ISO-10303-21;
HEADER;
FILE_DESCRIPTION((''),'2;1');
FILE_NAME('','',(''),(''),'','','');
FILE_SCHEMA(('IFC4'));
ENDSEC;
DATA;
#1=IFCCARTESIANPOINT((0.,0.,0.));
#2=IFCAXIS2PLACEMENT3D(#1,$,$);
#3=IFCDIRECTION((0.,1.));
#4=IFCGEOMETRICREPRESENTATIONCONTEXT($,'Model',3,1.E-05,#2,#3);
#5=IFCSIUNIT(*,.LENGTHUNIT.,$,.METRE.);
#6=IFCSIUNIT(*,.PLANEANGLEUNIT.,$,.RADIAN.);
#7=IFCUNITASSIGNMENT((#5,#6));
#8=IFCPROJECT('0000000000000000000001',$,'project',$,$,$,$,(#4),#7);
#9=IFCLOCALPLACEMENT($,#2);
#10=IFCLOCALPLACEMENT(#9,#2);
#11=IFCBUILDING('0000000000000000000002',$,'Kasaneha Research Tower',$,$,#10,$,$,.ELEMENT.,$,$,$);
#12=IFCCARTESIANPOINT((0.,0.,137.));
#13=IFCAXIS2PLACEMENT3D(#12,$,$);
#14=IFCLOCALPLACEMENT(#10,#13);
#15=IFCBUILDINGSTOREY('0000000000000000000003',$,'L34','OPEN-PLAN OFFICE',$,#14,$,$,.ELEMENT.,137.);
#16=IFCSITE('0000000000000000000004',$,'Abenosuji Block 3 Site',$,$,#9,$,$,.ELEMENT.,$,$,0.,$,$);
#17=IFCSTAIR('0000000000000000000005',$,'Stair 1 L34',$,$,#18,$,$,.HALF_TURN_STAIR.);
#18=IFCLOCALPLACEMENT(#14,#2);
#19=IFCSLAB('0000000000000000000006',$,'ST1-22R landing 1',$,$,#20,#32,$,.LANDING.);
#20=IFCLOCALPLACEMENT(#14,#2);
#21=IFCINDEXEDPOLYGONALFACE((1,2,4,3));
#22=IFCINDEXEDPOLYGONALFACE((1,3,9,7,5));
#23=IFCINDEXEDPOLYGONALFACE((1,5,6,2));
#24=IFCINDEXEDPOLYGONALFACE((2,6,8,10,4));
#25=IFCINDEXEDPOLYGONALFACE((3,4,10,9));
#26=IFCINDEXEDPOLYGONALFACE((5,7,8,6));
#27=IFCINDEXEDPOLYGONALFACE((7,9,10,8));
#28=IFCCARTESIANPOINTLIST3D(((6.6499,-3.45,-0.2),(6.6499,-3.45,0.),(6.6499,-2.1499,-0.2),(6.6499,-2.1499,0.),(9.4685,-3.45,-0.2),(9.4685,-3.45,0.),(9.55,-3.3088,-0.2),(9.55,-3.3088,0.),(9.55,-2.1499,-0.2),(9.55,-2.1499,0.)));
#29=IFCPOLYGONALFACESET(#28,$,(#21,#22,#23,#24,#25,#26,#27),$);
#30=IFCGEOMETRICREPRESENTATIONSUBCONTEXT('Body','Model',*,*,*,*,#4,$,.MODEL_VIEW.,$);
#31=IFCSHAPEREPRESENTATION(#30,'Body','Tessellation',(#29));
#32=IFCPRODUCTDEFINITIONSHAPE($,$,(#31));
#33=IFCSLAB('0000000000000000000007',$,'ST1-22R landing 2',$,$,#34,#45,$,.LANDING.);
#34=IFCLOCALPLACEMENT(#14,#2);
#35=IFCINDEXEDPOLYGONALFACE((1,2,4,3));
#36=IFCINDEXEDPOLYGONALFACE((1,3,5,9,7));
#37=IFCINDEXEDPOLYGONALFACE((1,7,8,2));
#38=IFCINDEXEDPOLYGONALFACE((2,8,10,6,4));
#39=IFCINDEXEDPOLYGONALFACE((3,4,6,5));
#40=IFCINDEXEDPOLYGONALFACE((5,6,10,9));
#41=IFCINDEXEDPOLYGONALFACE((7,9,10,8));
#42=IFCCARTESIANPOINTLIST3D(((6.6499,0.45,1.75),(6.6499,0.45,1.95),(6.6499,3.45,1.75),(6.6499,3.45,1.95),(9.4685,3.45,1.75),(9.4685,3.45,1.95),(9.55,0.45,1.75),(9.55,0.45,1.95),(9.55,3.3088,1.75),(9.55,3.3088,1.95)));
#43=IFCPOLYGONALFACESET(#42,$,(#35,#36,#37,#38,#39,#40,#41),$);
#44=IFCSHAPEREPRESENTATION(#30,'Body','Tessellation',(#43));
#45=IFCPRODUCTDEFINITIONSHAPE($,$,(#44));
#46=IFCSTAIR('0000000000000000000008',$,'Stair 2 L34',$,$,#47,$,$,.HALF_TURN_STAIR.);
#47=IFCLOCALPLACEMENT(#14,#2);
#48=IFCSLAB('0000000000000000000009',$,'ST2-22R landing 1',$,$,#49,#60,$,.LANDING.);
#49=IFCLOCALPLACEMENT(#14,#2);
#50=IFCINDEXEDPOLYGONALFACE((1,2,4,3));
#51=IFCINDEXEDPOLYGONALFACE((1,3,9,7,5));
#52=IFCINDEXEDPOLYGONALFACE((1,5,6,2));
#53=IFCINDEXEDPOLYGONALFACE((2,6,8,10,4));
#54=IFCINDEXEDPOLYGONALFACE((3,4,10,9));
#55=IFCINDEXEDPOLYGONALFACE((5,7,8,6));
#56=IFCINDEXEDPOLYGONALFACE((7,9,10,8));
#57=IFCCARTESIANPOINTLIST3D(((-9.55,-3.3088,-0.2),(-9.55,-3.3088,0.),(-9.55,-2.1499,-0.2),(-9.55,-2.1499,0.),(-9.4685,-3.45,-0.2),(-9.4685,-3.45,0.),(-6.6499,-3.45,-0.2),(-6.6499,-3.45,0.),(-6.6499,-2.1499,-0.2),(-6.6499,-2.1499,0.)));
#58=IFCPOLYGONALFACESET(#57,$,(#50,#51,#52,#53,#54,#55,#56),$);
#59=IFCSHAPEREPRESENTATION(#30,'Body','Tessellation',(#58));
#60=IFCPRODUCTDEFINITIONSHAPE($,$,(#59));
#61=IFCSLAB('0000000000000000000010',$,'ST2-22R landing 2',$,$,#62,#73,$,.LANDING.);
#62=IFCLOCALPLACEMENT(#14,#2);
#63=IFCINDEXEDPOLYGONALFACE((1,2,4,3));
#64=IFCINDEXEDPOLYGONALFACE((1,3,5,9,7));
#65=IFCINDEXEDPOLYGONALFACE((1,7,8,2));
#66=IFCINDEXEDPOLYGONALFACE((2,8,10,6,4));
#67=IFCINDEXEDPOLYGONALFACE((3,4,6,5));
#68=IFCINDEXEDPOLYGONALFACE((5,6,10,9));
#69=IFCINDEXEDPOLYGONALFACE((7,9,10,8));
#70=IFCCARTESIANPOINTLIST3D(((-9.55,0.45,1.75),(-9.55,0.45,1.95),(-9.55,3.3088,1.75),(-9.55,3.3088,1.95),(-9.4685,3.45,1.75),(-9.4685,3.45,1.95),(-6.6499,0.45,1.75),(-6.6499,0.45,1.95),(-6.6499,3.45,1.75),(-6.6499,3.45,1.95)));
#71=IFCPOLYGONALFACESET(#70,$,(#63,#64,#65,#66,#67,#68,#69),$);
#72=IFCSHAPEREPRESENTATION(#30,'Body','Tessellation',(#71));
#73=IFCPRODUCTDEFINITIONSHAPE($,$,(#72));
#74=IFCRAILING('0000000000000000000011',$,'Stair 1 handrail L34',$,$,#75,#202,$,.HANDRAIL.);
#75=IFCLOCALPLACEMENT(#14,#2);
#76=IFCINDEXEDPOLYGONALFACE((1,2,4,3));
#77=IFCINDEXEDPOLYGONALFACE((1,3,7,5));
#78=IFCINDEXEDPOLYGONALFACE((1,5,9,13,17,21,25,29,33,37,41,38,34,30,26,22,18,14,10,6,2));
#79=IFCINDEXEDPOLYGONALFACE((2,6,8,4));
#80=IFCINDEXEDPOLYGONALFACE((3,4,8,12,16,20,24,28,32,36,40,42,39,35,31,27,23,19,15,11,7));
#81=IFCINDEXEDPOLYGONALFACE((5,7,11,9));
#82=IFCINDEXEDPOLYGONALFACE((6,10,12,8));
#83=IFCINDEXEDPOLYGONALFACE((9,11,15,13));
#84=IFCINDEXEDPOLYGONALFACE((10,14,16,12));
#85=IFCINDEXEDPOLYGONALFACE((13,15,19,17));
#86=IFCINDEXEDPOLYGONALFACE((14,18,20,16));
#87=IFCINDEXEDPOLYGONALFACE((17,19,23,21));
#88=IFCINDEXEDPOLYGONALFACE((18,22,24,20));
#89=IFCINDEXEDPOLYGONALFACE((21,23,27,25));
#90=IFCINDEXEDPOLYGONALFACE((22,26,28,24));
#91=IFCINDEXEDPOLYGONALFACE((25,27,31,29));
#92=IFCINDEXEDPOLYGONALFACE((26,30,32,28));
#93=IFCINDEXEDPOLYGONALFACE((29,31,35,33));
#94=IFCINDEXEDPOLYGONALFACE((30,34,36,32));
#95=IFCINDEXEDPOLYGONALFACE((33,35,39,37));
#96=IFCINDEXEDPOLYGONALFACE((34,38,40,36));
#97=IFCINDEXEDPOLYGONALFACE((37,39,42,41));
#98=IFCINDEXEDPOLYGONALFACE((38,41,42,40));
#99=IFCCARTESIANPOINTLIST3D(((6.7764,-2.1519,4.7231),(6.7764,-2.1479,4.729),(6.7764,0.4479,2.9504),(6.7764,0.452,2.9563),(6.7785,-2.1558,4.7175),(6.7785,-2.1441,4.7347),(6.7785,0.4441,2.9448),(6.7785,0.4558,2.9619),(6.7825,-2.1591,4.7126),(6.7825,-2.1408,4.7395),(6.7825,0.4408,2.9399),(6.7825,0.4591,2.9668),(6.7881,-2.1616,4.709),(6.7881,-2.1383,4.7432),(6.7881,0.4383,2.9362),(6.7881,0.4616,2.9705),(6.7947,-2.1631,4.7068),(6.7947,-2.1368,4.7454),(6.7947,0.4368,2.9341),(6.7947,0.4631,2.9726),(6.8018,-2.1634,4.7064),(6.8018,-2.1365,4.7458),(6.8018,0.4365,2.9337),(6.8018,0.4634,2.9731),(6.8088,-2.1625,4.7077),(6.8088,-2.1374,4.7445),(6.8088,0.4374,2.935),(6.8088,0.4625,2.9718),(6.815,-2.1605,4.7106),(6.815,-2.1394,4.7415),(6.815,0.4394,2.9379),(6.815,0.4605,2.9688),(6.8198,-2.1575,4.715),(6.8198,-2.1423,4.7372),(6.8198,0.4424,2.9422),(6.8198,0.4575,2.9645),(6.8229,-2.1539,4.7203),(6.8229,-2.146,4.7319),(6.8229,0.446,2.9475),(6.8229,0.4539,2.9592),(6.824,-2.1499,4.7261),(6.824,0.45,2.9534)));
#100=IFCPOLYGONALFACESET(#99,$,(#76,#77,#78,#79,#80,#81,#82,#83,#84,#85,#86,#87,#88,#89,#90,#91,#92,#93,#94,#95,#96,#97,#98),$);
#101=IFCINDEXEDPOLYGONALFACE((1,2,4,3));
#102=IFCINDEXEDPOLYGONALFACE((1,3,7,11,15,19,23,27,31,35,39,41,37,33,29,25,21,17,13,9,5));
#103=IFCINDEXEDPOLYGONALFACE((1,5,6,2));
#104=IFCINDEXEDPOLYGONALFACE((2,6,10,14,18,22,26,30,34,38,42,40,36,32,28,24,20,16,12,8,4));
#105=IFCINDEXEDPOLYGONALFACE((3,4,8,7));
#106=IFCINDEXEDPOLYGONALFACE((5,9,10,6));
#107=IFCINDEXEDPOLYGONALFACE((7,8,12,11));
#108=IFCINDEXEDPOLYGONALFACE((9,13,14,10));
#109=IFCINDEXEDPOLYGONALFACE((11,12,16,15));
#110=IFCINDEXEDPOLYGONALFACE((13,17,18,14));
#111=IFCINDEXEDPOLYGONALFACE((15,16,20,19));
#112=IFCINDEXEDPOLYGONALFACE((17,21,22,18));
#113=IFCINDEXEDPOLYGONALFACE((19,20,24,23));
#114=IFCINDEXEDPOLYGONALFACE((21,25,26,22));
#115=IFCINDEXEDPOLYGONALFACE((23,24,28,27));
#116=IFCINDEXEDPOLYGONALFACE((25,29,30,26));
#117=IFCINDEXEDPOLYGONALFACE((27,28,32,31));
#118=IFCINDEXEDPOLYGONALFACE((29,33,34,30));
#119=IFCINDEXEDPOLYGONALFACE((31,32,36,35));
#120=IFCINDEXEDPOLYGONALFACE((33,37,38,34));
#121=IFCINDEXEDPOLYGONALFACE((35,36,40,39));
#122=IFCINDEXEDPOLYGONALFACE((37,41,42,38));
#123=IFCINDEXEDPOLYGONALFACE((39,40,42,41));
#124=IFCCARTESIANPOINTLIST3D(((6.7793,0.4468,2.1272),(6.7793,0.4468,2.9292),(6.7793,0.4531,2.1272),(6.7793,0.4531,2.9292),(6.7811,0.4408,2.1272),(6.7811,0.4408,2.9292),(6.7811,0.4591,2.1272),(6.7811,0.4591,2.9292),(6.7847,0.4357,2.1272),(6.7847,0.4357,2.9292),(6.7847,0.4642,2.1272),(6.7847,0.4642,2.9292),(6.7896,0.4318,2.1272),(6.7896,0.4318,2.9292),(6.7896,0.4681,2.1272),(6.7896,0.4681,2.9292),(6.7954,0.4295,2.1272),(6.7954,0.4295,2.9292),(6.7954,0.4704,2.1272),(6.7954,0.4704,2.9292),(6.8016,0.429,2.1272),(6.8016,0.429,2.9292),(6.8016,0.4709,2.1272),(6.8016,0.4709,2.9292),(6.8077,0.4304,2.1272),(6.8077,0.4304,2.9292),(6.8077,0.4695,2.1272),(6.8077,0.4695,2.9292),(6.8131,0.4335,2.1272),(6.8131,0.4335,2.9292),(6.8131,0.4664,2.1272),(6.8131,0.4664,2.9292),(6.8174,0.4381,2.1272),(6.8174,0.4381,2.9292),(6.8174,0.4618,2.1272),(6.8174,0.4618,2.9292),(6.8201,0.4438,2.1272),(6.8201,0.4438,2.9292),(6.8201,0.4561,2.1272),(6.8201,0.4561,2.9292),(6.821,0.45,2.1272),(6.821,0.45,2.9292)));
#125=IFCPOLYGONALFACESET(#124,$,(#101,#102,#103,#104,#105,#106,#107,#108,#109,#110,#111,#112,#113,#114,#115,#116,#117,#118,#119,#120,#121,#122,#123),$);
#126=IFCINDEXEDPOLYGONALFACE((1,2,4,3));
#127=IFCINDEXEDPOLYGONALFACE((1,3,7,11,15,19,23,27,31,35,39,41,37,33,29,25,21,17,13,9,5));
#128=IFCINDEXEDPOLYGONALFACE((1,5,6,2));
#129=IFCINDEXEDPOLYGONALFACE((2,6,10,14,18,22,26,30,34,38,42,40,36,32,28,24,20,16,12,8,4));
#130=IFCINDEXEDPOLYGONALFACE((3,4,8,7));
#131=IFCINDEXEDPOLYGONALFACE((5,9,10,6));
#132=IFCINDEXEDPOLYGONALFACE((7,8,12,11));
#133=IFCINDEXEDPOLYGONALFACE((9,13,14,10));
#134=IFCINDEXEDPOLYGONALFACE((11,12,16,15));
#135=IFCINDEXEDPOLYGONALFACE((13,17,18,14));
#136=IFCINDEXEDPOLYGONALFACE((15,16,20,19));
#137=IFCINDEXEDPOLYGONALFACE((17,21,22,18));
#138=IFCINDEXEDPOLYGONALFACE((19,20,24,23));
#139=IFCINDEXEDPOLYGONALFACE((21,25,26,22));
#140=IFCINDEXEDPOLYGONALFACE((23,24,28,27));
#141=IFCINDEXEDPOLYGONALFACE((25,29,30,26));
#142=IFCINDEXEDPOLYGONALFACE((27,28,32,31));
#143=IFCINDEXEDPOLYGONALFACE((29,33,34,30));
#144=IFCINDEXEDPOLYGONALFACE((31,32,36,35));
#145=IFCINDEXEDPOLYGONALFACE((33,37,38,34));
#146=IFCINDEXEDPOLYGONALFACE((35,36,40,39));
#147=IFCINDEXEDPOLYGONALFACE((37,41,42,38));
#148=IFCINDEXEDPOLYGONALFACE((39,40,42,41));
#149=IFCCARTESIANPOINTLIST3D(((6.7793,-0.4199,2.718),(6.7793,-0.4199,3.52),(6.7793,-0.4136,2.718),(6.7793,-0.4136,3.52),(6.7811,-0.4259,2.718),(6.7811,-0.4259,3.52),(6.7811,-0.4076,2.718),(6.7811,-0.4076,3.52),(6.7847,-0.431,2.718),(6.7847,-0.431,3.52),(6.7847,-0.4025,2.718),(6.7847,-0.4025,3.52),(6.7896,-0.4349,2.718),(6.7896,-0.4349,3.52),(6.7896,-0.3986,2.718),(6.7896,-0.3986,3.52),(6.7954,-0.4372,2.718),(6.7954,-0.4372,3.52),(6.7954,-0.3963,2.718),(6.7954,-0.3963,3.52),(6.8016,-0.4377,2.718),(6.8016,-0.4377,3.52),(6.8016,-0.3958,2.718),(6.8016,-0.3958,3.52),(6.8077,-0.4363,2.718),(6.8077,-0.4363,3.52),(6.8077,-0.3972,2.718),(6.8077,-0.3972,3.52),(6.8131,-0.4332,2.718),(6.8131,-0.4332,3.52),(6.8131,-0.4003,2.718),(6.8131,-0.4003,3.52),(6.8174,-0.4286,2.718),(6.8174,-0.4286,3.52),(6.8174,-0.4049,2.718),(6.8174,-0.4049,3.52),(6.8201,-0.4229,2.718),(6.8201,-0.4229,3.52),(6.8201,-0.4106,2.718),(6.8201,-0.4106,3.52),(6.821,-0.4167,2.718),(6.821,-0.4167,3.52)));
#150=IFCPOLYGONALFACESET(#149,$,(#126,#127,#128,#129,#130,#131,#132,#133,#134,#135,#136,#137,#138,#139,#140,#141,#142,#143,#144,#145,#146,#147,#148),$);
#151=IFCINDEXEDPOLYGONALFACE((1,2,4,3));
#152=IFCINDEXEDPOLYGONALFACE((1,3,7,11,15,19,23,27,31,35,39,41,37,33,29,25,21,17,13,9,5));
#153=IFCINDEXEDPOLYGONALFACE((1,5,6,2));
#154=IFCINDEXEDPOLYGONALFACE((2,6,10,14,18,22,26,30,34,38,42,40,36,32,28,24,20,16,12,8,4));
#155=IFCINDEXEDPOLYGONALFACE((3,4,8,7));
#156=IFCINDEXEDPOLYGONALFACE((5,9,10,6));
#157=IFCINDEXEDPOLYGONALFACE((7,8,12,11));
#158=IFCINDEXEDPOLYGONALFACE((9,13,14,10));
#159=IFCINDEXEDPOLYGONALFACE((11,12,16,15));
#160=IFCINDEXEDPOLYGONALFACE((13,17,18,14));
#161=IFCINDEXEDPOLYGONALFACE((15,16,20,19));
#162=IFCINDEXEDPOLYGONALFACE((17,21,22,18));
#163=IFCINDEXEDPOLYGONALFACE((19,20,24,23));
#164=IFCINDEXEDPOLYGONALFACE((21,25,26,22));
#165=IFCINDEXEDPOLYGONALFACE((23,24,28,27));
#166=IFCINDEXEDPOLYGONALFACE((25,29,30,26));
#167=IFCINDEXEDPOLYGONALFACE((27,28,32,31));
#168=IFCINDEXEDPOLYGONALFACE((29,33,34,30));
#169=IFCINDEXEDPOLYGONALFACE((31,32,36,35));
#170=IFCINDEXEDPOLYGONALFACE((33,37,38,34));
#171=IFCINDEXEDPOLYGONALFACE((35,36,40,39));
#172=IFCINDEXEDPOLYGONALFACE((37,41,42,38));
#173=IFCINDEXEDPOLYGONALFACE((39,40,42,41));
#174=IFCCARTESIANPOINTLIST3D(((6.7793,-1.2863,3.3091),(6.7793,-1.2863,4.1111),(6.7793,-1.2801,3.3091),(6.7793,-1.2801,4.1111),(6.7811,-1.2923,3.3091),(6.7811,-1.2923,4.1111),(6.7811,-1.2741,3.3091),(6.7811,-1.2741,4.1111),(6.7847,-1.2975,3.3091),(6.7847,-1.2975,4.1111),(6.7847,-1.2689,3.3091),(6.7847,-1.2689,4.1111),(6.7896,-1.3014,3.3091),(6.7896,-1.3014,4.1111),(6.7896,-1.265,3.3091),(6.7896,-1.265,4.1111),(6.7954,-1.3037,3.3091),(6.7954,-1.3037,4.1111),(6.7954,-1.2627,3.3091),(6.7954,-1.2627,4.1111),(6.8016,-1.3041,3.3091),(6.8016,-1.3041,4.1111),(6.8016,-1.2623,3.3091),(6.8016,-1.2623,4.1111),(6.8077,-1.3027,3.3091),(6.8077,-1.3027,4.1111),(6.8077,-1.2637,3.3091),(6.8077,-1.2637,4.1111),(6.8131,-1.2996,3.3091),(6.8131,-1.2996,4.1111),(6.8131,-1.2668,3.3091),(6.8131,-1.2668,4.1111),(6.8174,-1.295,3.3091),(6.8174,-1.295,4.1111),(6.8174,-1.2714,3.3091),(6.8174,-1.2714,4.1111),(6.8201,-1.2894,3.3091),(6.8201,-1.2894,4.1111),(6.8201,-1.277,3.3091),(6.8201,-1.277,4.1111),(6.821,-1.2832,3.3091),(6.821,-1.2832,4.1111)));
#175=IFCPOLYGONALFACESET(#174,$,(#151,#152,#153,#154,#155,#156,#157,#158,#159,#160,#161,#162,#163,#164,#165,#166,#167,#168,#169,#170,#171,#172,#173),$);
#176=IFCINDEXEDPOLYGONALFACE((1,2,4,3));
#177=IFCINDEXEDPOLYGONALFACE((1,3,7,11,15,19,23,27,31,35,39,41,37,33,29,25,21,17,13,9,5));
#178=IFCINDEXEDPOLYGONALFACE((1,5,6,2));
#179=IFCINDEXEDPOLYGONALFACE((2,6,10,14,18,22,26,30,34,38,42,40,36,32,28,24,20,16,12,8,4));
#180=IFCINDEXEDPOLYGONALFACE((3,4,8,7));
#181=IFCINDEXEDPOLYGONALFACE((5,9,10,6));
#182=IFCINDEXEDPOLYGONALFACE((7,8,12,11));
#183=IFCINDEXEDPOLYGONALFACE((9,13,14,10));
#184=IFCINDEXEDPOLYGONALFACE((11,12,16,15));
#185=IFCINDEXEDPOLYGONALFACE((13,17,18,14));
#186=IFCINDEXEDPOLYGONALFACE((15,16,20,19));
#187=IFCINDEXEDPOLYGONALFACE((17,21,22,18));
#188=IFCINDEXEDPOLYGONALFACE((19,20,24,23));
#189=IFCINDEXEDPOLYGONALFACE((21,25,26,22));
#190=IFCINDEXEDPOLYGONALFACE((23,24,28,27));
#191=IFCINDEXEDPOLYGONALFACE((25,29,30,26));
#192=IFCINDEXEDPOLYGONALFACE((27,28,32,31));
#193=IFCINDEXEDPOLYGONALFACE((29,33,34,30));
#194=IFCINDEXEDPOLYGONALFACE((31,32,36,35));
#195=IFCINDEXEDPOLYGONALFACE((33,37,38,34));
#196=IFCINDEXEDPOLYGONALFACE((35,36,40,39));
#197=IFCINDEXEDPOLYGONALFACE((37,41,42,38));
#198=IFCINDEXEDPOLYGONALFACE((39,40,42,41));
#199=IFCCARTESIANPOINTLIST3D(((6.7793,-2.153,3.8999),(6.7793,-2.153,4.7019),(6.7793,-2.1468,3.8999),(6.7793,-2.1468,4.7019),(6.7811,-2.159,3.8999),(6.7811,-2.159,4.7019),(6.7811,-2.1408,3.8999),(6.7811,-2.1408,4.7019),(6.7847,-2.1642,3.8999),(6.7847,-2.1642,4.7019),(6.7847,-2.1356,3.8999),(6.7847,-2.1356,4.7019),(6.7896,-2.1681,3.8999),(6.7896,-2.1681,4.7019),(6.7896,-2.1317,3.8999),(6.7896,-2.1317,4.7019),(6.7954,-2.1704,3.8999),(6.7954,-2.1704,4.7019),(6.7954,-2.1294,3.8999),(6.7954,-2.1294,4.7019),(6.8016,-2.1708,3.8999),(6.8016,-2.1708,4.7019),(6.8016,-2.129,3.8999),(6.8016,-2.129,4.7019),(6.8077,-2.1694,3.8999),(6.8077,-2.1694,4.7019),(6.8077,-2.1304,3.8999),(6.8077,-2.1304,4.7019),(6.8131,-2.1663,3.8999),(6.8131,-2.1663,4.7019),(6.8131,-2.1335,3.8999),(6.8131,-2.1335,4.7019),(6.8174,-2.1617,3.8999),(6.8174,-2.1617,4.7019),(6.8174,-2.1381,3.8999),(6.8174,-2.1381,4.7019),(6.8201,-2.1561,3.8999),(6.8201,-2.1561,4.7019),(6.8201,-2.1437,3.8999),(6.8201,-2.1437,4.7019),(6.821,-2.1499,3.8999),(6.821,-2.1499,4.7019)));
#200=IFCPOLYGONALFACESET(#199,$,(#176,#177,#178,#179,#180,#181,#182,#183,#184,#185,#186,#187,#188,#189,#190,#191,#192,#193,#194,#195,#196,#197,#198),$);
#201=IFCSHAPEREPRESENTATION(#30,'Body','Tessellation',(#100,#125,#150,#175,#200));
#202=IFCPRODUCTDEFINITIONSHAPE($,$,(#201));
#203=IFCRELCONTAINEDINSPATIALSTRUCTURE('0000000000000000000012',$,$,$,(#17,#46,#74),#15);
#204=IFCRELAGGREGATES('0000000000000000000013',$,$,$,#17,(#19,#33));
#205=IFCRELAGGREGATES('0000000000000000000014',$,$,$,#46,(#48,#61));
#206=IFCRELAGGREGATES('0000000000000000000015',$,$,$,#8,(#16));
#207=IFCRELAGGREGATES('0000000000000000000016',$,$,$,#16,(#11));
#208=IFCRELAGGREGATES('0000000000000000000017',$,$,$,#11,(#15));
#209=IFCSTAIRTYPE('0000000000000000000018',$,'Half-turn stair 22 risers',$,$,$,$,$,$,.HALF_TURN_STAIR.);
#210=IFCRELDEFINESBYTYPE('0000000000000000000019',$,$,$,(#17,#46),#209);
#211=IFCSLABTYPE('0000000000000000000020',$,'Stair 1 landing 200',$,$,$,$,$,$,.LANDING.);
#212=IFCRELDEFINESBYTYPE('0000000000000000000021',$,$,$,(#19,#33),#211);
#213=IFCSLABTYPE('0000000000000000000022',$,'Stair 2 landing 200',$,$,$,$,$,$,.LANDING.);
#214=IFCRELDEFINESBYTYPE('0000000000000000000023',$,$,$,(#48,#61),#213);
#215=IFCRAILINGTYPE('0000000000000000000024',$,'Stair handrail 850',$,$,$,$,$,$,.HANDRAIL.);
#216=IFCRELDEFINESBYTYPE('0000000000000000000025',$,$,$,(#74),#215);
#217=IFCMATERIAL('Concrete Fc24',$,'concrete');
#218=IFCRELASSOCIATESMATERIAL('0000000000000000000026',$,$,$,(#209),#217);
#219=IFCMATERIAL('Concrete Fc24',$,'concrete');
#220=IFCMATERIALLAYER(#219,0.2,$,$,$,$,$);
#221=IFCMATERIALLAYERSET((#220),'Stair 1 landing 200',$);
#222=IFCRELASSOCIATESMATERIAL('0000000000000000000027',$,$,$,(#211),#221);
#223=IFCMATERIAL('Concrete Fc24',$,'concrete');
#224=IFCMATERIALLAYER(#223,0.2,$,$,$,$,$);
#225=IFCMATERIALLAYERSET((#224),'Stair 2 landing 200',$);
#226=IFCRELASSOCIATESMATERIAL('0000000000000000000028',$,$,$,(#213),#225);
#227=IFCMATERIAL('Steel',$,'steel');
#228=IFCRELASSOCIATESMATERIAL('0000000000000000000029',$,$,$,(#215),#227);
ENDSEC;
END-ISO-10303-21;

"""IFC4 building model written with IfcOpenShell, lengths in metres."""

from ifc_helpers import new_model, si_unit, direction, frame, origin, origin_2d, place, context, subcontext, project, spatial, polyline, circle, outline, extrude, material, layer, layer_set, type_object, element, aggregate, save


model = new_model("IFC4")

# Units and contexts
model_context = context("Model", 3, precision=1e-05, world=origin(), true_north=direction((0.0, 1.0)))
body_context = subcontext(model_context, "Body", "Model", "MODEL_VIEW")
ifc_project = project(units=[si_unit("LENGTHUNIT", "METRE"), si_unit("PLANEANGLEUNIT", "RADIAN")], contexts=[model_context])

# Site, building, storey
site_placement = place(None, origin())
site = spatial("IfcSite", under=ifc_project, at=site_placement, Name="Abenosuji Block 3 Site", CompositionType="ELEMENT", RefElevation=0.0)
building_placement = place(site_placement, origin())
building = spatial("IfcBuilding", under=site, at=building_placement, Name="Kasaneha Research Tower", CompositionType="ELEMENT")
storey_placement = place(building_placement, frame((0.0, 0.0, 137.0)))
storey = spatial("IfcBuildingStorey", under=building, at=storey_placement, Name="L34", Description="OPEN-PLAN OFFICE", CompositionType="ELEMENT", Elevation=137.0)

# Stairs, slabs
ifc_material_1 = material(Name="Concrete Fc24", Category="concrete")
stair_type = type_object("IfcStairType", Name="Half-turn stair 22 risers", PredefinedType="HALF_TURN_STAIR", material=ifc_material_1)
stair_1_placement = place(storey_placement, origin())
stair_1 = element("IfcStair", 1, at=stair_1_placement, inside=storey, type_object=stair_type, Name="Stair 1 L34", PredefinedType="HALF_TURN_STAIR")
ifc_material_2 = material(Name="Concrete Fc24", Category="concrete")
ifc_layer_1 = layer(ifc_material_2, 0.2)
ifc_layer_set_1 = layer_set([ifc_layer_1], Name="Stair 1 landing 200")
slab_type_1 = type_object("IfcSlabType", Name="Stair 1 landing 200", PredefinedType="LANDING", material=ifc_layer_set_1)
slab_1_placement = place(storey_placement, frame((0.0, 0.0, -0.2)))
slab_1 = element("IfcSlab", 2, at=slab_1_placement, type_object=slab_type_1, Name="ST1-22R landing 1", PredefinedType="LANDING", context=body_context, shape_type="SweptSolid", body=[
    extrude(outline(polyline([(9.4685, -3.45), (6.6499, -3.45), (6.6499, -2.1499), (9.55, -2.1499), (9.55, -3.3088), (9.4685, -3.45)])), origin(), (0.0, 0.0, 1.0), 0.2),
])
slab_2_placement = place(storey_placement, frame((0.0, 0.0, 1.75)))
slab_2 = element("IfcSlab", 3, at=slab_2_placement, type_object=slab_type_1, Name="ST1-22R landing 2", PredefinedType="LANDING", context=body_context, shape_type="SweptSolid", body=[
    extrude(outline(polyline([(6.6499, 3.45), (9.4685, 3.45), (9.55, 3.3088), (9.55, 0.45), (6.6499, 0.45), (6.6499, 3.45)])), origin(), (0.0, 0.0, 1.0), 0.2),
])
aggregate(stair_1, [slab_1, slab_2])
stair_2_placement = place(storey_placement, origin())
stair_2 = element("IfcStair", 4, at=stair_2_placement, inside=storey, type_object=stair_type, Name="Stair 2 L34", PredefinedType="HALF_TURN_STAIR")
ifc_material_3 = material(Name="Concrete Fc24", Category="concrete")
ifc_layer_2 = layer(ifc_material_3, 0.2)
ifc_layer_set_2 = layer_set([ifc_layer_2], Name="Stair 2 landing 200")
slab_type_2 = type_object("IfcSlabType", Name="Stair 2 landing 200", PredefinedType="LANDING", material=ifc_layer_set_2)
slab_3_placement = place(storey_placement, frame((0.0, 0.0, -0.2)))
slab_3 = element("IfcSlab", 5, at=slab_3_placement, type_object=slab_type_2, Name="ST2-22R landing 1", PredefinedType="LANDING", context=body_context, shape_type="SweptSolid", body=[
    extrude(outline(polyline([(-6.6499, -3.45), (-9.4685, -3.45), (-9.55, -3.3088), (-9.55, -2.1499), (-6.6499, -2.1499), (-6.6499, -3.45)])), origin(), (0.0, 0.0, 1.0), 0.2),
])
slab_4_placement = place(storey_placement, frame((0.0, 0.0, 1.75)))
slab_4 = element("IfcSlab", 6, at=slab_4_placement, type_object=slab_type_2, Name="ST2-22R landing 2", PredefinedType="LANDING", context=body_context, shape_type="SweptSolid", body=[
    extrude(outline(polyline([(-6.6499, 0.45), (-9.55, 0.45), (-9.55, 3.3088), (-9.4685, 3.45), (-6.6499, 3.45), (-6.6499, 0.45)])), origin(), (0.0, 0.0, 1.0), 0.2),
])
aggregate(stair_2, [slab_3, slab_4])

# Railing
ifc_material_4 = material(Name="Steel", Category="steel")
railing_type = type_object("IfcRailingType", Name="Stair handrail 850", PredefinedType="HANDRAIL", material=ifc_material_4)
railing_placement = place(storey_placement, frame((6.8, 0.45, 2.1272)))
element("IfcRailing", 7, at=railing_placement, inside=storey, type_object=railing_type, Name="Stair 1 handrail L34", PredefinedType="HANDRAIL", context=body_context, shape_type="SweptSolid", body=[
    extrude(circle(Radius=0.0239, at=origin_2d()), frame((0.0, 0.0, 0.8262), z_axis=(0.0, -0.826216, 0.563354), x_axis=(1.0, 0.0, 0.0)), (0.0, 0.0, 1.0), 3.1467),
    extrude(circle(Radius=0.021, at=origin_2d()), origin(), (0.0, 0.0, 1.0), 0.802),
    extrude(circle(Radius=0.021, at=origin_2d()), frame((0.0, -0.8667, 0.5908)), (0.0, 0.0, 1.0), 0.802),
    extrude(circle(Radius=0.021, at=origin_2d()), frame((0.0, -1.7332, 1.1819)), (0.0, 0.0, 1.0), 0.802),
    extrude(circle(Radius=0.021, at=origin_2d()), frame((0.0, -2.5999, 1.7727)), (0.0, 0.0, 1.0), 0.802),
])

save(model, "model.ifc")
